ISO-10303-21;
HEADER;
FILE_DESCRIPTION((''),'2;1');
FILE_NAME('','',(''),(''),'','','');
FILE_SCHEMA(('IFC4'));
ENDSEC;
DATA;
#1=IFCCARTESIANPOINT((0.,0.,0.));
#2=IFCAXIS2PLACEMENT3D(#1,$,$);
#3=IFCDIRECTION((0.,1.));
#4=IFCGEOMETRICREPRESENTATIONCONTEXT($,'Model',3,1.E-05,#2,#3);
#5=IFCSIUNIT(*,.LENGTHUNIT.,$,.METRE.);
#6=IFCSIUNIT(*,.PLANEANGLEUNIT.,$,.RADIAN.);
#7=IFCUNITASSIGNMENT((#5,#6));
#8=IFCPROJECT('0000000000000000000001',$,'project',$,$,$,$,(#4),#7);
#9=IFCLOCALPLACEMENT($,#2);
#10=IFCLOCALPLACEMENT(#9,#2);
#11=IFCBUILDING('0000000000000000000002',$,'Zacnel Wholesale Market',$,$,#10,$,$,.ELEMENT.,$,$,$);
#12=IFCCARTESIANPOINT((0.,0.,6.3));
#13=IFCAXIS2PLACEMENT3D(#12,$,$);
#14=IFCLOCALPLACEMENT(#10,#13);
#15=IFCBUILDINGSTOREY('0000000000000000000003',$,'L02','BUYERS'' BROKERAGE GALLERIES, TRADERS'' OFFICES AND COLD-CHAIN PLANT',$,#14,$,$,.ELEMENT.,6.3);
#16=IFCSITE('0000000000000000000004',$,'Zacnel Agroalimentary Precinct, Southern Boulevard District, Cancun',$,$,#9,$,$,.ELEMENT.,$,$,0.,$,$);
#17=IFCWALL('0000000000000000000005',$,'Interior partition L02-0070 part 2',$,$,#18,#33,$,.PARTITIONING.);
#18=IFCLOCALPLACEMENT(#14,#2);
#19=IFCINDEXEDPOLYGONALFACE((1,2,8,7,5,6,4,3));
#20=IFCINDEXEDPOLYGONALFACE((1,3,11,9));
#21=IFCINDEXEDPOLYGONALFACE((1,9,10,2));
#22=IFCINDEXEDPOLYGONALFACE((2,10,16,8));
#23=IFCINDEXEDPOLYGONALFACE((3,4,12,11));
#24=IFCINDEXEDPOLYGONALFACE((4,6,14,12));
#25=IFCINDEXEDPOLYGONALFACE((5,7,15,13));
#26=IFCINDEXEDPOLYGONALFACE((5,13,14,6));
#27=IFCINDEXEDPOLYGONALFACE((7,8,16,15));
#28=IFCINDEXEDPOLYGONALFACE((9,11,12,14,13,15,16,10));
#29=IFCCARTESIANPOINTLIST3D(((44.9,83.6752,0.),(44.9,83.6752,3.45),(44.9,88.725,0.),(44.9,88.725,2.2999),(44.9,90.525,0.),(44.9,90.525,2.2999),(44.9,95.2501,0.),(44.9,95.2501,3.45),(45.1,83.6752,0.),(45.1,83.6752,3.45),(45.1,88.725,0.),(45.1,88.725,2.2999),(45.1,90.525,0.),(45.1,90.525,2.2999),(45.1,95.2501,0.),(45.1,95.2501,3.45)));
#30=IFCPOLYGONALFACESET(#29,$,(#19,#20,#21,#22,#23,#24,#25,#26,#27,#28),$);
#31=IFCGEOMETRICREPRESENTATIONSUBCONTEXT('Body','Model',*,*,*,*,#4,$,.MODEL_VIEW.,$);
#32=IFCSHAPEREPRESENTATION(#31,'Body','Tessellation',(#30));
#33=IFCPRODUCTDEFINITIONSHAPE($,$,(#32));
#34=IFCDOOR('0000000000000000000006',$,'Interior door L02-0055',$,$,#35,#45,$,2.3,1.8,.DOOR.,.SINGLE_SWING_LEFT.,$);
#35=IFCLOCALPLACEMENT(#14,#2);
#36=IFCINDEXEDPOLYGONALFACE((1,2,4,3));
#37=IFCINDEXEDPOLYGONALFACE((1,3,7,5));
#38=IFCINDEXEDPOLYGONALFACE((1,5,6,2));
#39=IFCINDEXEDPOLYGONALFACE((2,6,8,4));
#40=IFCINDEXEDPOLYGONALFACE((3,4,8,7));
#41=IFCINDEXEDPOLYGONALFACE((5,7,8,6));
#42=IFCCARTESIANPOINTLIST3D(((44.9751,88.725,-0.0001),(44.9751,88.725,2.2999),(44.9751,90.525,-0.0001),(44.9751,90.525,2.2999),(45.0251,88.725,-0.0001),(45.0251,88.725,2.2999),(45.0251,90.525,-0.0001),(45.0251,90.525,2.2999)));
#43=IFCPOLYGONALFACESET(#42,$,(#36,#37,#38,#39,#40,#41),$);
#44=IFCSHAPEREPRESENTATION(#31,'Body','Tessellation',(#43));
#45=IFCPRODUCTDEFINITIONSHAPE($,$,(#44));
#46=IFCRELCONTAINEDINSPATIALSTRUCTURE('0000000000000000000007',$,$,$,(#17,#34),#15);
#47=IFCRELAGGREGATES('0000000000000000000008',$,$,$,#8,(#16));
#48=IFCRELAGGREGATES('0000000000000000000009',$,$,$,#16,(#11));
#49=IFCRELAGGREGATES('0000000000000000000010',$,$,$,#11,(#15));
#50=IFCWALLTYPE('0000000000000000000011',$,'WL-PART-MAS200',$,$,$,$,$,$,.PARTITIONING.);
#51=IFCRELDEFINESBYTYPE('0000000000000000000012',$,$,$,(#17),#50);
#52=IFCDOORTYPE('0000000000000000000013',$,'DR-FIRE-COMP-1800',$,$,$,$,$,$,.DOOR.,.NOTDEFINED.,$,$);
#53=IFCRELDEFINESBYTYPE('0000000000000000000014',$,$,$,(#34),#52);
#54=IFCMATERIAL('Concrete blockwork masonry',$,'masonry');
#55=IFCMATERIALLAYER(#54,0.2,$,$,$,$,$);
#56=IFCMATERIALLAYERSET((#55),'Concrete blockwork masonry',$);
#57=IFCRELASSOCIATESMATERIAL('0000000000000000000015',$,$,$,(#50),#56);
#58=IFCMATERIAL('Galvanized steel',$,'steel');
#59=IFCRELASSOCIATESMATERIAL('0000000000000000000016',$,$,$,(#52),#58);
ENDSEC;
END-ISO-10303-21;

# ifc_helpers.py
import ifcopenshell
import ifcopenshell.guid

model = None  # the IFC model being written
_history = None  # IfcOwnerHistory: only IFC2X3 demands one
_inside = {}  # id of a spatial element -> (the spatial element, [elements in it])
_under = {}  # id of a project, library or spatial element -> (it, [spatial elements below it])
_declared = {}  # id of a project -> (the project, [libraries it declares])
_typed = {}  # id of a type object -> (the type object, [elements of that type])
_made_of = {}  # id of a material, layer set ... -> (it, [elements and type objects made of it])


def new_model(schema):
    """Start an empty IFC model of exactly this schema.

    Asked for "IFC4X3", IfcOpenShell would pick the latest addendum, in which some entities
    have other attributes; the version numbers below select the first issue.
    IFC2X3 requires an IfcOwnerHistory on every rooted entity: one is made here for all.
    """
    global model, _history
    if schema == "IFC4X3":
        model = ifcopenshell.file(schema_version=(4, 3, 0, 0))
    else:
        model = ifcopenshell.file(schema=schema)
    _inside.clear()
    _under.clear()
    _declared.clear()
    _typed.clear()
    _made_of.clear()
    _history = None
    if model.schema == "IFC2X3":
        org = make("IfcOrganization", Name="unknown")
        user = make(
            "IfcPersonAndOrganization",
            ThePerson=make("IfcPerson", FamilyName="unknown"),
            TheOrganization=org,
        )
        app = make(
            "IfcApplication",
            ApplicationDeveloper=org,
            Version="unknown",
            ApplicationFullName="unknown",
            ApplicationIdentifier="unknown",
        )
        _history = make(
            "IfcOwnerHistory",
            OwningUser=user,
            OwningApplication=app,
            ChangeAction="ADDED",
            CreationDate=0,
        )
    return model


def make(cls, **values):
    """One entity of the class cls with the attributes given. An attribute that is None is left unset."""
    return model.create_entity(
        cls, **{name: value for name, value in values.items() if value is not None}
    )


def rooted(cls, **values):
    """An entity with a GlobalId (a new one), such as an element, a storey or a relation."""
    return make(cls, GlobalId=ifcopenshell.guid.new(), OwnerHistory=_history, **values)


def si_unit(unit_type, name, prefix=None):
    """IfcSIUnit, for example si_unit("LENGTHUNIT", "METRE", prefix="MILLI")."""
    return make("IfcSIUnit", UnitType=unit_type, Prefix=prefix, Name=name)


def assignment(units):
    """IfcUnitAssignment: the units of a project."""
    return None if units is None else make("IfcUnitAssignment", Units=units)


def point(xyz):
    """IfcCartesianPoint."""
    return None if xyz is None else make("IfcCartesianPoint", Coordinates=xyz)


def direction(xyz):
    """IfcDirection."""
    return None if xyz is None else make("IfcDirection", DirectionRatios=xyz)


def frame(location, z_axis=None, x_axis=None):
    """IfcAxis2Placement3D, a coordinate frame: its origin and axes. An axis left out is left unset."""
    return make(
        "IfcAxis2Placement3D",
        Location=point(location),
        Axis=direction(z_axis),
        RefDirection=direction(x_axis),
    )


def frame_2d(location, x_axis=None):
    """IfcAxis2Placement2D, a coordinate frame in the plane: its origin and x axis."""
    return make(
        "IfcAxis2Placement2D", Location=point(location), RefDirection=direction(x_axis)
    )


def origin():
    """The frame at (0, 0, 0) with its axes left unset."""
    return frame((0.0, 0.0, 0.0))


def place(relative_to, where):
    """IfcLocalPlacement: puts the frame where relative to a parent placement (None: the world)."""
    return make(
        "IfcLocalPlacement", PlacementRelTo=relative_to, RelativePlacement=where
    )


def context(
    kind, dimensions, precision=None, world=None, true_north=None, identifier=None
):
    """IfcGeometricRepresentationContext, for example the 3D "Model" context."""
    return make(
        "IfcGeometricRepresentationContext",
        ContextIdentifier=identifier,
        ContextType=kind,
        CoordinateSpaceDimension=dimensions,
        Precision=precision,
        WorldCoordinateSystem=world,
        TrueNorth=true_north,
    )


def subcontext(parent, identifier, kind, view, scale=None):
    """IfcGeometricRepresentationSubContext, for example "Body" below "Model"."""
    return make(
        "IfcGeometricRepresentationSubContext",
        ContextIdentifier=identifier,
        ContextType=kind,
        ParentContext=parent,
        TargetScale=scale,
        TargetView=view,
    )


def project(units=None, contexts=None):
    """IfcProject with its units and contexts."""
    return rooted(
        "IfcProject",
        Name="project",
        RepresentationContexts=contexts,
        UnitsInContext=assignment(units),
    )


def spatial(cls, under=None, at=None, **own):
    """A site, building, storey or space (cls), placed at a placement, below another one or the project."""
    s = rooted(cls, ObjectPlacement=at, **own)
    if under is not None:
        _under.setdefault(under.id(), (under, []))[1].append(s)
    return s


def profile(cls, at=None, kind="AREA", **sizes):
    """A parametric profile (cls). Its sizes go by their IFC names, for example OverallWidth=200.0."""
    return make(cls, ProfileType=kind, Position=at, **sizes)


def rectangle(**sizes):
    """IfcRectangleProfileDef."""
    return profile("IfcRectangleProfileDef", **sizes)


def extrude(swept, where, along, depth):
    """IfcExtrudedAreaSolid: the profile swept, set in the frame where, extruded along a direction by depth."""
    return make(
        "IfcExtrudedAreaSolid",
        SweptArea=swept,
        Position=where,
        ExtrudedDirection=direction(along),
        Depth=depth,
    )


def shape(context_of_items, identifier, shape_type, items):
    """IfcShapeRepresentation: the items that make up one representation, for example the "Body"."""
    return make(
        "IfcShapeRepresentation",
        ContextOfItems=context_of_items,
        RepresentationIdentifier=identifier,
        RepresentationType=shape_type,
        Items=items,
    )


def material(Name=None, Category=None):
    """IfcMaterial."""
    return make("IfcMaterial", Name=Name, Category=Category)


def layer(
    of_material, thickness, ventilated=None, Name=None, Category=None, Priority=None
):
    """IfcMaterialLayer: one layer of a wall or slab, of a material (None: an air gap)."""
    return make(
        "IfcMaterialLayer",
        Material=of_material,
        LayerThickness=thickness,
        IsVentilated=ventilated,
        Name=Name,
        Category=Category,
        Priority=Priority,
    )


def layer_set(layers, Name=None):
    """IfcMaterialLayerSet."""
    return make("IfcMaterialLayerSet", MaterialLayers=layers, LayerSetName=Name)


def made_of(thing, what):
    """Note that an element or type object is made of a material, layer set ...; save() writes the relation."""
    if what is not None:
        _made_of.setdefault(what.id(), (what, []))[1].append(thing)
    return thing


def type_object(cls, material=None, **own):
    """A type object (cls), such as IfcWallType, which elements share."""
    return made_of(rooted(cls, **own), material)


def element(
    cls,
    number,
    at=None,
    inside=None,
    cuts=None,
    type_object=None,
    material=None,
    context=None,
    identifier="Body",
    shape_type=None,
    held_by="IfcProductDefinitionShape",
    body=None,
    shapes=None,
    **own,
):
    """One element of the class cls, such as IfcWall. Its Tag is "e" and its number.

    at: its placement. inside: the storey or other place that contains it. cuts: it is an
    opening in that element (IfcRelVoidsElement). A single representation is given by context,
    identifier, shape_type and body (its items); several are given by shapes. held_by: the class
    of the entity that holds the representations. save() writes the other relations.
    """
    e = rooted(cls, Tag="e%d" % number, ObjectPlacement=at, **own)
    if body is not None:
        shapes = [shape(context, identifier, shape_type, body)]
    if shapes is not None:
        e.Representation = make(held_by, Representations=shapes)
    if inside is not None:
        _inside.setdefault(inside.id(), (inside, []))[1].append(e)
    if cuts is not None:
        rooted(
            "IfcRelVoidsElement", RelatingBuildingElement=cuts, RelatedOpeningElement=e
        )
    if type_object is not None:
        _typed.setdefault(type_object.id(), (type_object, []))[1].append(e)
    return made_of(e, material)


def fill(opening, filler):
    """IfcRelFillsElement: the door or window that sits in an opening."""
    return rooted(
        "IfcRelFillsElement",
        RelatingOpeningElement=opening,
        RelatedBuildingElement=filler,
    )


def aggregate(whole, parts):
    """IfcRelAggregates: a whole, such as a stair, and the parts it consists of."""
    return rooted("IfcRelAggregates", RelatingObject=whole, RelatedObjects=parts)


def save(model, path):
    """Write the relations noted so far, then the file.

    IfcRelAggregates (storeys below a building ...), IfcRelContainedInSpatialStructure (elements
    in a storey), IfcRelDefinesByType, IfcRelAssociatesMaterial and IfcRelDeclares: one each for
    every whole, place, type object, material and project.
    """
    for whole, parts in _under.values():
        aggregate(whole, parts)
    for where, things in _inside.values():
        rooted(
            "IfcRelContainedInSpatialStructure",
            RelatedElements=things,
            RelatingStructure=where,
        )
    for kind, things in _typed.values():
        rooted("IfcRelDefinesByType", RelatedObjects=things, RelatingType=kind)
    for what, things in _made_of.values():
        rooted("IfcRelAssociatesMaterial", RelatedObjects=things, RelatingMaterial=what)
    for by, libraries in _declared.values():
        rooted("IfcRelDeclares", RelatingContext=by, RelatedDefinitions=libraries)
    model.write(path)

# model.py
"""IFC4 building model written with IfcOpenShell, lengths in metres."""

from ifc_helpers import new_model, si_unit, direction, frame, frame_2d, origin, place, context, subcontext, project, spatial, rectangle, extrude, material, layer, layer_set, type_object, element, fill, save


model = new_model("IFC4")

# Units and contexts
model_context = context("Model", 3, precision=1e-05, world=origin(), true_north=direction((0.0, 1.0)))
body_context = subcontext(model_context, "Body", "Model", "MODEL_VIEW")
ifc_project = project(units=[si_unit("LENGTHUNIT", "METRE"), si_unit("PLANEANGLEUNIT", "RADIAN")], contexts=[model_context])

# Site, building, storey
site_placement = place(None, origin())
site = spatial("IfcSite", under=ifc_project, at=site_placement, Name="Zacnel Agroalimentary Precinct, Southern Boulevard District, Cancun", CompositionType="ELEMENT", RefElevation=0.0)
building_placement = place(site_placement, origin())
building = spatial("IfcBuilding", under=site, at=building_placement, Name="Zacnel Wholesale Market", CompositionType="ELEMENT")
storey_placement = place(building_placement, frame((0.0, 0.0, 6.3)))
storey = spatial("IfcBuildingStorey", under=building, at=storey_placement, Name="L02", Description="BUYERS' BROKERAGE GALLERIES, TRADERS' OFFICES AND COLD-CHAIN PLANT", CompositionType="ELEMENT", Elevation=6.3)

# Wall, opening, door
ifc_material_1 = material(Name="Concrete blockwork masonry", Category="masonry")
ifc_layer = layer(ifc_material_1, 0.2)
ifc_layer_set = layer_set([ifc_layer], Name="Concrete blockwork masonry")
wall_type = type_object("IfcWallType", Name="WL-PART-MAS200", PredefinedType="PARTITIONING", material=ifc_layer_set)
wall_placement = place(storey_placement, frame((45.0, 83.675, 0.0), z_axis=(0.0, 0.0, 1.0), x_axis=(0.0, 1.0, 0.0)))
wall = element("IfcWall", 1, at=wall_placement, inside=storey, type_object=wall_type, Name="Interior partition L02-0070 part 2", PredefinedType="PARTITIONING", context=body_context, shape_type="SweptSolid", body=[
    extrude(rectangle(XDim=11.575, YDim=0.2, at=frame_2d((5.7876, 0.0))), origin(), (0.0, 0.0, 1.0), 3.45),
])
opening_placement = place(wall_placement, frame((5.05, 0.0, 0.0)))
opening = element("IfcOpeningElement", 2, at=opening_placement, cuts=wall, PredefinedType="OPENING", context=body_context, shape_type="SweptSolid", body=[
    extrude(rectangle(XDim=1.8, YDim=2.3, at=frame_2d((0.8999, 1.1499))), frame((0.0, 0.1099, 0.0), z_axis=(0.0, -1.0, 0.0), x_axis=(1.0, 0.0, 0.0)), (0.0, 0.0, 1.0), 0.22),
])
ifc_material_2 = material(Name="Galvanized steel", Category="steel")
door_type = type_object("IfcDoorType", Name="DR-FIRE-COMP-1800", OperationType="NOTDEFINED", PredefinedType="DOOR", material=ifc_material_2)
door_placement = place(opening_placement, origin())
door = element("IfcDoor", 3, at=door_placement, inside=storey, type_object=door_type, Name="Interior door L02-0055", OperationType="SINGLE_SWING_LEFT", OverallHeight=2.3, OverallWidth=1.8, PredefinedType="DOOR", context=body_context, shape_type="SweptSolid", body=[
    extrude(rectangle(XDim=1.8, YDim=2.3, at=frame_2d((0.8999, 1.1499))), frame((0.0, 0.0249, 0.0), z_axis=(0.0, -1.0, 0.0), x_axis=(1.0, 0.0, 0.0)), (0.0, 0.0, 1.0), 0.05),
])
fill(opening, door)

save(model, "model.ifc")
